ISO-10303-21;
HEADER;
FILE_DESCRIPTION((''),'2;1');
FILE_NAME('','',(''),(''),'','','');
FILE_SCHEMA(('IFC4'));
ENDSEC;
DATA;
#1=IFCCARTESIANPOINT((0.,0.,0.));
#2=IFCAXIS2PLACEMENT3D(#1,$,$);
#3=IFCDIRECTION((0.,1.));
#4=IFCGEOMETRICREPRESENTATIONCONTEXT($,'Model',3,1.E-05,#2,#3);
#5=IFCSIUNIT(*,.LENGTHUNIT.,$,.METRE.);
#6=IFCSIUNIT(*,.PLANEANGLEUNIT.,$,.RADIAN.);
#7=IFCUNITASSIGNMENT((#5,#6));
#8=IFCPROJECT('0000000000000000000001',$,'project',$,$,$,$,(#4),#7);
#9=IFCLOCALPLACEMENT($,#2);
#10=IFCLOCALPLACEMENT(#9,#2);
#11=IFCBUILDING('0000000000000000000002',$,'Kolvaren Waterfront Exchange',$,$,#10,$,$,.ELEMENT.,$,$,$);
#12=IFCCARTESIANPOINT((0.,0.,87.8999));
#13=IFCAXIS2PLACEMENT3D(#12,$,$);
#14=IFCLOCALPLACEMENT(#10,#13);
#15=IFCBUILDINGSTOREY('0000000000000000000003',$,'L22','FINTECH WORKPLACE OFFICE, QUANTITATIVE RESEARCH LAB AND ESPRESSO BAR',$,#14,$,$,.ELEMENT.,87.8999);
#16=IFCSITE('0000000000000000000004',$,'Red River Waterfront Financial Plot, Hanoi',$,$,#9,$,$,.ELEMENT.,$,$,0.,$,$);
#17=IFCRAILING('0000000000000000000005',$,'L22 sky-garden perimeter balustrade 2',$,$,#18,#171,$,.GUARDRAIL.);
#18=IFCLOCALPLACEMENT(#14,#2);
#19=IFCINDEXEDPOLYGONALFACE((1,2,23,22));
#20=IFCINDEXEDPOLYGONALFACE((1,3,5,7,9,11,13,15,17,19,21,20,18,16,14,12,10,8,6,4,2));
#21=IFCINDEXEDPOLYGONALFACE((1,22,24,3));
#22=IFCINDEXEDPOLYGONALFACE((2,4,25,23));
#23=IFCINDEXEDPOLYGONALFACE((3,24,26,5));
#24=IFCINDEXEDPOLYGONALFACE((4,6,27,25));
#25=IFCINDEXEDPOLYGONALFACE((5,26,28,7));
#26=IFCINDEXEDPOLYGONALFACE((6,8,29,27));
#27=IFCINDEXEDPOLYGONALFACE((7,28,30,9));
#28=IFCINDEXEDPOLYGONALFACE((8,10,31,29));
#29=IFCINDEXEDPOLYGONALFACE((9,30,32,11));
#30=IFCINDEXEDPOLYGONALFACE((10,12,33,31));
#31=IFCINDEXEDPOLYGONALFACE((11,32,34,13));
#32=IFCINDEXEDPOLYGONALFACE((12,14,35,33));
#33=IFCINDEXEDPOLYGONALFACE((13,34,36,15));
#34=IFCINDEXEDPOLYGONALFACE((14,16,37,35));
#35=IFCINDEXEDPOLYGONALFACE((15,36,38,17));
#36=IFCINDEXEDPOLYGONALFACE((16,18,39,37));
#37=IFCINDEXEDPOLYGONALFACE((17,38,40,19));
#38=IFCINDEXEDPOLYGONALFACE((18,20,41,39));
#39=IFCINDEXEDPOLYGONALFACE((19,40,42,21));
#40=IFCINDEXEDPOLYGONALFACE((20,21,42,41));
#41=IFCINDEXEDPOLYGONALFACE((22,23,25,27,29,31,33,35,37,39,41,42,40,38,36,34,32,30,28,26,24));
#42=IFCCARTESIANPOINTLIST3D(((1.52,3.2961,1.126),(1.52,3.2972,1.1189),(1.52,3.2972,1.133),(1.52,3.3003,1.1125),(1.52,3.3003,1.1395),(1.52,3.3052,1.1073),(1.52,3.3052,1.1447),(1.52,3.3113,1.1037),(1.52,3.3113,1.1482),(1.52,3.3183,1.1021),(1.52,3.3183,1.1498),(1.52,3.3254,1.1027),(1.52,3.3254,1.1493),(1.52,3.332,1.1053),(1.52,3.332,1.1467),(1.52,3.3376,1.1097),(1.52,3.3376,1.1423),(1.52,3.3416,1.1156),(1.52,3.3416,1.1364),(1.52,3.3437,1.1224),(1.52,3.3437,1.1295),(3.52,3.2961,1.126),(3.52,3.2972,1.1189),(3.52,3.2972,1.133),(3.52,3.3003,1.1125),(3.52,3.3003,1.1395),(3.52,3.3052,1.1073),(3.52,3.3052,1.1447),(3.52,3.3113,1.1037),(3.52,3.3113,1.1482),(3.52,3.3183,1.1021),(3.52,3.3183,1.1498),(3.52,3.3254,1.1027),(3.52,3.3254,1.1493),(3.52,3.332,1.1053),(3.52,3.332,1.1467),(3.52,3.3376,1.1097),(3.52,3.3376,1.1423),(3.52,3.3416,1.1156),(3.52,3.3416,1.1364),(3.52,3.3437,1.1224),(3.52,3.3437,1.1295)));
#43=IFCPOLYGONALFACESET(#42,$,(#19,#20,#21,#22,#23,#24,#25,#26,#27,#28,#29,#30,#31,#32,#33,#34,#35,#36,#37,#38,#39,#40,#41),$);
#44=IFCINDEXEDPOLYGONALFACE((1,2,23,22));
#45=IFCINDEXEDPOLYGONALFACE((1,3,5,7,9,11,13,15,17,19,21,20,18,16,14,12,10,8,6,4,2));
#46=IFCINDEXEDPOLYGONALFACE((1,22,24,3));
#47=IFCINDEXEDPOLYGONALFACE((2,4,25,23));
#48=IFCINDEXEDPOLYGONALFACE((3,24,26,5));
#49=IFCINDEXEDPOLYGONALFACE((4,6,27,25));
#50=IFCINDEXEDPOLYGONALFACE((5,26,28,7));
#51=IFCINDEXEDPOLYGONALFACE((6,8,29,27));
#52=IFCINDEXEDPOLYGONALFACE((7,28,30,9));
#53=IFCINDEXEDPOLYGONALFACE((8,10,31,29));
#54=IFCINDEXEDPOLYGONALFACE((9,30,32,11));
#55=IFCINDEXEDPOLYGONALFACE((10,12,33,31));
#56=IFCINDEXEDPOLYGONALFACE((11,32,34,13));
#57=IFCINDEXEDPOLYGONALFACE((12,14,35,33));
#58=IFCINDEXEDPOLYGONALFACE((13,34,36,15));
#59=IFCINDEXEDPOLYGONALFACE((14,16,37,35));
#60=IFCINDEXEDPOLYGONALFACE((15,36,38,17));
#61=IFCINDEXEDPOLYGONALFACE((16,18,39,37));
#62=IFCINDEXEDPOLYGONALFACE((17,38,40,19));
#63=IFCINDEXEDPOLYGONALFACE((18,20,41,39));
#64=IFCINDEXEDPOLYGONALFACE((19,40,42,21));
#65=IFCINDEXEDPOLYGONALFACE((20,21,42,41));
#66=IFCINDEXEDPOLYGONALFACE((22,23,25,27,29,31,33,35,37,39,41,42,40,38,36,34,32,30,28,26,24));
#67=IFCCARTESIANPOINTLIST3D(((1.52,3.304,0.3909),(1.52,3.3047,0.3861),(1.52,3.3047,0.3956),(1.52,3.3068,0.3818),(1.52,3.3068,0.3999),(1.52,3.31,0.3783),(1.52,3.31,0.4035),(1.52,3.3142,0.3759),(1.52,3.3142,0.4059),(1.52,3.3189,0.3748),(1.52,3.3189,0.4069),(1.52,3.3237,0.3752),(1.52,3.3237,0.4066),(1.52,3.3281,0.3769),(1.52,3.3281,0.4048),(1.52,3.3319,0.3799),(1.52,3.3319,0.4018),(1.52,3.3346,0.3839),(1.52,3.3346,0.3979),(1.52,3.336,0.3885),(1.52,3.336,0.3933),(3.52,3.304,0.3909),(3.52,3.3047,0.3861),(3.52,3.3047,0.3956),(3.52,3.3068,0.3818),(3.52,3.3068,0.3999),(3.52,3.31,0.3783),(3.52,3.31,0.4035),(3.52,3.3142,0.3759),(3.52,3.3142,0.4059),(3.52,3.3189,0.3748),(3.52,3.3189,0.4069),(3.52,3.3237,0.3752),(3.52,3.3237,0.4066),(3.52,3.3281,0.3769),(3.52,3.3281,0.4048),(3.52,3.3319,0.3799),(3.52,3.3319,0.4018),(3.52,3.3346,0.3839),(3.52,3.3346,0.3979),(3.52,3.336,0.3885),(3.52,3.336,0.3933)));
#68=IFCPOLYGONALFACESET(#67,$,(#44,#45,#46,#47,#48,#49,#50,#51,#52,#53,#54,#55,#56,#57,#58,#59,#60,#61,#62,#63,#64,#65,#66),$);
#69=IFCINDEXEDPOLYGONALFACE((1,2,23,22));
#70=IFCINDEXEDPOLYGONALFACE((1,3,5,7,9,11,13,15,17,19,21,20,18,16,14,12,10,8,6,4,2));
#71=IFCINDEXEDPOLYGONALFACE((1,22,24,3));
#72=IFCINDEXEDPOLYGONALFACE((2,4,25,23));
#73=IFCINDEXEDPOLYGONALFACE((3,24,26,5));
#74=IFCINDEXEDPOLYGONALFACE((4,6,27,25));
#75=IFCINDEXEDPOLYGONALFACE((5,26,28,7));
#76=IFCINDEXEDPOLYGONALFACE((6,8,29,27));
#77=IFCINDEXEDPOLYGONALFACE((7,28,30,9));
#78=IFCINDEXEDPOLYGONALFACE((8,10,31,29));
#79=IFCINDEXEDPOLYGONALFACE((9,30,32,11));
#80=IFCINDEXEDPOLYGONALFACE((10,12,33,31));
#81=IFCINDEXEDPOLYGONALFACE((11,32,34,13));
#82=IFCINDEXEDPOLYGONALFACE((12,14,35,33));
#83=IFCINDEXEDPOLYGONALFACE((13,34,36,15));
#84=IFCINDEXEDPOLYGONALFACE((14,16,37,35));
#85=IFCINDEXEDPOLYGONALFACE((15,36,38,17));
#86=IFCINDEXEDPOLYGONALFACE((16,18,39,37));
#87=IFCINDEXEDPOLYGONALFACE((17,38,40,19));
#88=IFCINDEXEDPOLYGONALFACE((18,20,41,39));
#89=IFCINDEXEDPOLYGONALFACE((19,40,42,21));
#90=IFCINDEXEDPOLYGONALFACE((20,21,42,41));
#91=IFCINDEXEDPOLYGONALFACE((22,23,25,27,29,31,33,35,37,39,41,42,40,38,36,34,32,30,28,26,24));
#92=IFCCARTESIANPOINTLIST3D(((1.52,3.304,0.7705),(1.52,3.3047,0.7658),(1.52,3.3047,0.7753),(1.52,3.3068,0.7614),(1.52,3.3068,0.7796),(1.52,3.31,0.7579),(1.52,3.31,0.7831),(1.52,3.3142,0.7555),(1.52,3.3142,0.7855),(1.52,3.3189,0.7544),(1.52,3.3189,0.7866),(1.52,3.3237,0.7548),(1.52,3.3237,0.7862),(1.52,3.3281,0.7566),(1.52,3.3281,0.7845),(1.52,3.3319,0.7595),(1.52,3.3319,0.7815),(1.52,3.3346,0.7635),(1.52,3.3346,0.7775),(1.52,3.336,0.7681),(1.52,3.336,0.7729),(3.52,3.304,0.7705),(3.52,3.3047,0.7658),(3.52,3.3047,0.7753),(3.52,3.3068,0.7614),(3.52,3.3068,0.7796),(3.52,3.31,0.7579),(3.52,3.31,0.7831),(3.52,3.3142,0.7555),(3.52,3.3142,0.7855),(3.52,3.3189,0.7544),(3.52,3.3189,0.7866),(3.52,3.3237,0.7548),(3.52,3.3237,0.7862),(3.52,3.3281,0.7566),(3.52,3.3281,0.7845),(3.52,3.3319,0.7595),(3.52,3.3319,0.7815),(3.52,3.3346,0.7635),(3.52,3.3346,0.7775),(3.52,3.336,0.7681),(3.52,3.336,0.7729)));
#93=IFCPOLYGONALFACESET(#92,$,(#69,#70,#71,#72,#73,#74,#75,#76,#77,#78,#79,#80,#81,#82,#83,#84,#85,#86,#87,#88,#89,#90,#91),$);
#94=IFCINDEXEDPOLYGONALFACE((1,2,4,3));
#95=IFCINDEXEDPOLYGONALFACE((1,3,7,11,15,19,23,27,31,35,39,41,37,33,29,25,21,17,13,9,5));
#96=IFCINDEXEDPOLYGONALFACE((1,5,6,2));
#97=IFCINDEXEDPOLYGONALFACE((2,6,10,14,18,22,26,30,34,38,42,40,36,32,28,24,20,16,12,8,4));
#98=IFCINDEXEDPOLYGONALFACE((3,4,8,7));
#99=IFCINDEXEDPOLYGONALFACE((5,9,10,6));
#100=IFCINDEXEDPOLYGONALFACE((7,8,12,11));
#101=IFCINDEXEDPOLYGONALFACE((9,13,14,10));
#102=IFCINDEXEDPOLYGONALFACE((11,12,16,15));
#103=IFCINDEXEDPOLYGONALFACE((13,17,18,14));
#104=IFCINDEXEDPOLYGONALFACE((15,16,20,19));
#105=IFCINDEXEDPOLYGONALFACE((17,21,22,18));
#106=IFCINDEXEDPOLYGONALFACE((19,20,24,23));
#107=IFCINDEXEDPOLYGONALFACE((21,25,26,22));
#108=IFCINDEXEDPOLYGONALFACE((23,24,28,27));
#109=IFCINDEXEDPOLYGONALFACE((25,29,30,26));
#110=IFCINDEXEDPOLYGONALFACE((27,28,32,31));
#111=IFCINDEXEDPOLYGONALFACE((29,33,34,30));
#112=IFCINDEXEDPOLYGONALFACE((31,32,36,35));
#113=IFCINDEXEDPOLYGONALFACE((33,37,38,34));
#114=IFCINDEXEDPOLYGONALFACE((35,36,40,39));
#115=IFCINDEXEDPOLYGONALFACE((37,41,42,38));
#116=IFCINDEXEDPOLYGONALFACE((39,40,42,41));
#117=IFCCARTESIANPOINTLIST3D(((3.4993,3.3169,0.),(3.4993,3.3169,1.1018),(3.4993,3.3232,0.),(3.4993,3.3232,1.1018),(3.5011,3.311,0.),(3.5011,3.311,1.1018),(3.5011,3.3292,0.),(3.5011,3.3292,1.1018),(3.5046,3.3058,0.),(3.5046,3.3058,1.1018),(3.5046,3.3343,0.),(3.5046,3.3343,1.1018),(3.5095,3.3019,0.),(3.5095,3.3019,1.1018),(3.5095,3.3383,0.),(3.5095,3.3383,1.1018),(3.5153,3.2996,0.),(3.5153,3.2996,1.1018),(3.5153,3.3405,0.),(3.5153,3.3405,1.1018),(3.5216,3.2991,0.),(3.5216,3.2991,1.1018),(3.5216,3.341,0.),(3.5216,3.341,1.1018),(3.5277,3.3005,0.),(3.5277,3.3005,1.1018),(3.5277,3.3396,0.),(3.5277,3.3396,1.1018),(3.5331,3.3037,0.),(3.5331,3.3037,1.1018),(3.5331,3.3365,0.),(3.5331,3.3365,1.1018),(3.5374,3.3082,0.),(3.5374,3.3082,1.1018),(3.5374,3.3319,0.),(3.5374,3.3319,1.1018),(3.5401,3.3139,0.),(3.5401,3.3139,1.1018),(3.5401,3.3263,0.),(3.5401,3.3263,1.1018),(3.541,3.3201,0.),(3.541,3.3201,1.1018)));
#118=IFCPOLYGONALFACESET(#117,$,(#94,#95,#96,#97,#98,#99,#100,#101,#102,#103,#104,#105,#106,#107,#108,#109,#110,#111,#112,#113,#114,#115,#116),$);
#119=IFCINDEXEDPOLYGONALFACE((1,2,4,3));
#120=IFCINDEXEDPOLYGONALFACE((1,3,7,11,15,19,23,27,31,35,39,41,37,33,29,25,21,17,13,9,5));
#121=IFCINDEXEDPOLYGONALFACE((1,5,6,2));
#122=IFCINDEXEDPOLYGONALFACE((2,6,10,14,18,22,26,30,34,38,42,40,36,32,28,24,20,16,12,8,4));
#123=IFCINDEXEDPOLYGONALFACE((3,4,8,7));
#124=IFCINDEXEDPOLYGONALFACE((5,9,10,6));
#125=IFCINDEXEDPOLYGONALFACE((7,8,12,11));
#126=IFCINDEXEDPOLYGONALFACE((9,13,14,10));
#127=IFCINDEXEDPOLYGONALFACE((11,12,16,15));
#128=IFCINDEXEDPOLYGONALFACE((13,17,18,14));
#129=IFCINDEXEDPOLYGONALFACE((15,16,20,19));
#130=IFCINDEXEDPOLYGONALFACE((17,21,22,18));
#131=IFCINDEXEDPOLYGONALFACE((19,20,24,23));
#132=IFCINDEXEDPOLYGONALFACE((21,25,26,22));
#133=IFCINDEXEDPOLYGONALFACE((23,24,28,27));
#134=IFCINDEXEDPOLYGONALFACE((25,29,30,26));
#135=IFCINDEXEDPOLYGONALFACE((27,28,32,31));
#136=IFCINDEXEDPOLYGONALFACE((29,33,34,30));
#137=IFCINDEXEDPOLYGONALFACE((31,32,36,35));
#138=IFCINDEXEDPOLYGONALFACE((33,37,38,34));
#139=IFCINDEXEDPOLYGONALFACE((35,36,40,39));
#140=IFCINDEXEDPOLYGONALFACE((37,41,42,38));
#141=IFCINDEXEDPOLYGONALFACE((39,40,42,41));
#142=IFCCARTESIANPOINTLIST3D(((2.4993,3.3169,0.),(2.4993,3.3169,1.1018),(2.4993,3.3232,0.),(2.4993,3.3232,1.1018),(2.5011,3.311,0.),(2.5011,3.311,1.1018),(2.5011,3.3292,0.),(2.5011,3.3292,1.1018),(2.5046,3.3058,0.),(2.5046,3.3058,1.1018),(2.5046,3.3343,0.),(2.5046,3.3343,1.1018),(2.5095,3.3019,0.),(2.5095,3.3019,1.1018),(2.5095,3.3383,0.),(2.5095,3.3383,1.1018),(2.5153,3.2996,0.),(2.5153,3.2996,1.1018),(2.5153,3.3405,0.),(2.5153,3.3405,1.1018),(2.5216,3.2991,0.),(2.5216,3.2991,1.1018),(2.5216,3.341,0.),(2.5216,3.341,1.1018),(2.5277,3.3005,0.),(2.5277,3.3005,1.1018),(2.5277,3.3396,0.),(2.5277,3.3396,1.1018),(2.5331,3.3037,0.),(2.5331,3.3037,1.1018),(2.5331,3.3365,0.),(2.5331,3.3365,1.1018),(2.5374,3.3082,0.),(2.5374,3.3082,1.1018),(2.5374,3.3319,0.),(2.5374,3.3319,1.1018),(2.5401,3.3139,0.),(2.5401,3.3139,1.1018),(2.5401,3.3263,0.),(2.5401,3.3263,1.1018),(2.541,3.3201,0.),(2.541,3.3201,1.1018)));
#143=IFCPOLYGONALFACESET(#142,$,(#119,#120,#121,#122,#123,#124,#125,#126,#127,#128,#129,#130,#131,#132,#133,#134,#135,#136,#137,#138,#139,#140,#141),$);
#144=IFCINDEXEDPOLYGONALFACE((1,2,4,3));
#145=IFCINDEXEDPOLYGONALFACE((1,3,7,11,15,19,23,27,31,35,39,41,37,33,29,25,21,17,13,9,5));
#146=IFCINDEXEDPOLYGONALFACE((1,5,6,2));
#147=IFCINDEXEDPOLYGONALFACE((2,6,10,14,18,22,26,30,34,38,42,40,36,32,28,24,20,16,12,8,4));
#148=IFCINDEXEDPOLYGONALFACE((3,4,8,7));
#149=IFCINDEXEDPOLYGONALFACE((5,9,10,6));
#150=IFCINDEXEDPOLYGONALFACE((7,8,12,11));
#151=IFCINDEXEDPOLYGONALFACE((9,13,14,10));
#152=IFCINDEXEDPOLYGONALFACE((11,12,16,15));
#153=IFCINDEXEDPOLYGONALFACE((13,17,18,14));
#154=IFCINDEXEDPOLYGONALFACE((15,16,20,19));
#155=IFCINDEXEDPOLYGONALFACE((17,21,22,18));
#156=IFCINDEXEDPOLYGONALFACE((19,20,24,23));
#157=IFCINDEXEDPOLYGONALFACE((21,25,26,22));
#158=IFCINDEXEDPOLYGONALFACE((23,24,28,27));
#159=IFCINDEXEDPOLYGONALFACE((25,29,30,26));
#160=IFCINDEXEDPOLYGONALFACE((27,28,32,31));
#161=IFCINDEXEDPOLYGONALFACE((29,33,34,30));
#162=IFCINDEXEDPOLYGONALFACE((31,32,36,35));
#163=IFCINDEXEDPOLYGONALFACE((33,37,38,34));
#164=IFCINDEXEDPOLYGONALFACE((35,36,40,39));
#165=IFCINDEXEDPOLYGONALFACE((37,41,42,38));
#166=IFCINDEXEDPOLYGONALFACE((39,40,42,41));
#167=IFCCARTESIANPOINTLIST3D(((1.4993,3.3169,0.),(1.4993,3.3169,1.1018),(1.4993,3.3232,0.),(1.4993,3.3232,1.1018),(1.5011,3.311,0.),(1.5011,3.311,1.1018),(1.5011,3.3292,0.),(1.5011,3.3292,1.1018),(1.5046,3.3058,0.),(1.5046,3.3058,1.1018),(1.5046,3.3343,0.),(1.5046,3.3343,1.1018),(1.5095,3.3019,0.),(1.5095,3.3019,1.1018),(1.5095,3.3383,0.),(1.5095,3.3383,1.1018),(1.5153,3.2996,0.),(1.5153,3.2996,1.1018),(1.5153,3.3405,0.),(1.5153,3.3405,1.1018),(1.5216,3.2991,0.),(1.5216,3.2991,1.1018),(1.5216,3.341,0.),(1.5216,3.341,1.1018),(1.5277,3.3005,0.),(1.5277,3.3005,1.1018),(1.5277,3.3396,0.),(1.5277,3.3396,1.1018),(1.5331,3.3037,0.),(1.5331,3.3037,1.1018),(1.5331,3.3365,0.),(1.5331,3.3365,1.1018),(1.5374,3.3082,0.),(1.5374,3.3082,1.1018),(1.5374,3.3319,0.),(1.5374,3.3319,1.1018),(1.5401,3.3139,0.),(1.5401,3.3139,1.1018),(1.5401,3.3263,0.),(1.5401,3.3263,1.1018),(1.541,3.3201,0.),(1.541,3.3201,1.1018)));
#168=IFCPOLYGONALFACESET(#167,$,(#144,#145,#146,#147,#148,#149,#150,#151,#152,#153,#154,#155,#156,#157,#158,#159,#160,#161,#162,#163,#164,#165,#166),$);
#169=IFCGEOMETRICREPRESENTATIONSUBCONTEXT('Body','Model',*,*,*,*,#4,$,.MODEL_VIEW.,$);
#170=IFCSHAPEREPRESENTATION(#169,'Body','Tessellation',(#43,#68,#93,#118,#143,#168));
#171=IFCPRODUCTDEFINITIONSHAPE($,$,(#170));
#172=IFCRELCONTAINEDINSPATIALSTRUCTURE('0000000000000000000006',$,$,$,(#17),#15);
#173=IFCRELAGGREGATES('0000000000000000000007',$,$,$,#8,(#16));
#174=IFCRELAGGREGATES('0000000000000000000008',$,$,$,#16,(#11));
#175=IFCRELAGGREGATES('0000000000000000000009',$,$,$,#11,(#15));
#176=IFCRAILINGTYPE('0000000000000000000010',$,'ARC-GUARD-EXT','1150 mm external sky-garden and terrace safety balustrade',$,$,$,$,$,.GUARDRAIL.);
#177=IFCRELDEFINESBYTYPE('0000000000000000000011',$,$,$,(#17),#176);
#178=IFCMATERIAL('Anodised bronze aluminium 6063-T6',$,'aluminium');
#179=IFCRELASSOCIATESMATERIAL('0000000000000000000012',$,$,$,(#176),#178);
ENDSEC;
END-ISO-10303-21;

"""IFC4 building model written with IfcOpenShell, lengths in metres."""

from ifc_helpers import new_model, si_unit, direction, frame, origin, origin_2d, place, context, subcontext, project, spatial, circle, extrude, material, type_object, element, save


model = new_model("IFC4")

# Units and contexts
model_context = context("Model", 3, precision=1e-05, world=origin(), true_north=direction((0.0, 1.0)))
body_context = subcontext(model_context, "Body", "Model", "MODEL_VIEW")
ifc_project = project(units=[si_unit("LENGTHUNIT", "METRE"), si_unit("PLANEANGLEUNIT", "RADIAN")], contexts=[model_context])

# Site, building, storey
site_placement = place(None, origin())
site = spatial("IfcSite", under=ifc_project, at=site_placement, Name="Red River Waterfront Financial Plot, Hanoi", CompositionType="ELEMENT", RefElevation=0.0)
building_placement = place(site_placement, origin())
building = spatial("IfcBuilding", under=site, at=building_placement, Name="Kolvaren Waterfront Exchange", CompositionType="ELEMENT")
storey_placement = place(building_placement, frame((0.0, 0.0, 87.8999)))
storey = spatial("IfcBuildingStorey", under=building, at=storey_placement, Name="L22", Description="FINTECH WORKPLACE OFFICE, QUANTITATIVE RESEARCH LAB AND ESPRESSO BAR", CompositionType="ELEMENT", Elevation=87.8999)

# Shared definitions
ifc_material_1 = material(Name="Anodised bronze aluminium 6063-T6", Category="aluminium")

# Railing
railing_type = type_object("IfcRailingType", Name="ARC-GUARD-EXT", Description="1150 mm external sky-garden and terrace safety balustrade", PredefinedType="GUARDRAIL", material=ifc_material_1)
railing_1_placement = place(storey_placement, frame((3.52, 3.3201, 0.0)))
element("IfcRailing", 1, at=railing_1_placement, inside=storey, type_object=railing_type, Name="L22 sky-garden perimeter balustrade 2", PredefinedType="GUARDRAIL", context=body_context, shape_type="SweptSolid", body=[
    extrude(circle(Radius=0.0239, at=origin_2d()), frame((0.0, 0.0, 1.126), z_axis=(-1.0, 0.0, 0.0), x_axis=(0.0, -1.0, 0.0)), (0.0, 0.0, 1.0), 2.0),
    extrude(circle(Radius=0.0161, at=origin_2d()), frame((0.0, 0.0, 0.3909), z_axis=(-1.0, 0.0, 0.0), x_axis=(0.0, -1.0, 0.0)), (0.0, 0.0, 1.0), 2.0),
    extrude(circle(Radius=0.0161, at=origin_2d()), frame((0.0, 0.0, 0.7705), z_axis=(-1.0, 0.0, 0.0), x_axis=(0.0, -1.0, 0.0)), (0.0, 0.0, 1.0), 2.0),
    extrude(circle(Radius=0.021, at=origin_2d()), origin(), (0.0, 0.0, 1.0), 1.1018),
    extrude(circle(Radius=0.021, at=origin_2d()), frame((-1.0, 0.0, 0.0)), (0.0, 0.0, 1.0), 1.1018),
    extrude(circle(Radius=0.021, at=origin_2d()), frame((-2.0, 0.0, 0.0)), (0.0, 0.0, 1.0), 1.1018),
])

save(model, "model.ifc")
